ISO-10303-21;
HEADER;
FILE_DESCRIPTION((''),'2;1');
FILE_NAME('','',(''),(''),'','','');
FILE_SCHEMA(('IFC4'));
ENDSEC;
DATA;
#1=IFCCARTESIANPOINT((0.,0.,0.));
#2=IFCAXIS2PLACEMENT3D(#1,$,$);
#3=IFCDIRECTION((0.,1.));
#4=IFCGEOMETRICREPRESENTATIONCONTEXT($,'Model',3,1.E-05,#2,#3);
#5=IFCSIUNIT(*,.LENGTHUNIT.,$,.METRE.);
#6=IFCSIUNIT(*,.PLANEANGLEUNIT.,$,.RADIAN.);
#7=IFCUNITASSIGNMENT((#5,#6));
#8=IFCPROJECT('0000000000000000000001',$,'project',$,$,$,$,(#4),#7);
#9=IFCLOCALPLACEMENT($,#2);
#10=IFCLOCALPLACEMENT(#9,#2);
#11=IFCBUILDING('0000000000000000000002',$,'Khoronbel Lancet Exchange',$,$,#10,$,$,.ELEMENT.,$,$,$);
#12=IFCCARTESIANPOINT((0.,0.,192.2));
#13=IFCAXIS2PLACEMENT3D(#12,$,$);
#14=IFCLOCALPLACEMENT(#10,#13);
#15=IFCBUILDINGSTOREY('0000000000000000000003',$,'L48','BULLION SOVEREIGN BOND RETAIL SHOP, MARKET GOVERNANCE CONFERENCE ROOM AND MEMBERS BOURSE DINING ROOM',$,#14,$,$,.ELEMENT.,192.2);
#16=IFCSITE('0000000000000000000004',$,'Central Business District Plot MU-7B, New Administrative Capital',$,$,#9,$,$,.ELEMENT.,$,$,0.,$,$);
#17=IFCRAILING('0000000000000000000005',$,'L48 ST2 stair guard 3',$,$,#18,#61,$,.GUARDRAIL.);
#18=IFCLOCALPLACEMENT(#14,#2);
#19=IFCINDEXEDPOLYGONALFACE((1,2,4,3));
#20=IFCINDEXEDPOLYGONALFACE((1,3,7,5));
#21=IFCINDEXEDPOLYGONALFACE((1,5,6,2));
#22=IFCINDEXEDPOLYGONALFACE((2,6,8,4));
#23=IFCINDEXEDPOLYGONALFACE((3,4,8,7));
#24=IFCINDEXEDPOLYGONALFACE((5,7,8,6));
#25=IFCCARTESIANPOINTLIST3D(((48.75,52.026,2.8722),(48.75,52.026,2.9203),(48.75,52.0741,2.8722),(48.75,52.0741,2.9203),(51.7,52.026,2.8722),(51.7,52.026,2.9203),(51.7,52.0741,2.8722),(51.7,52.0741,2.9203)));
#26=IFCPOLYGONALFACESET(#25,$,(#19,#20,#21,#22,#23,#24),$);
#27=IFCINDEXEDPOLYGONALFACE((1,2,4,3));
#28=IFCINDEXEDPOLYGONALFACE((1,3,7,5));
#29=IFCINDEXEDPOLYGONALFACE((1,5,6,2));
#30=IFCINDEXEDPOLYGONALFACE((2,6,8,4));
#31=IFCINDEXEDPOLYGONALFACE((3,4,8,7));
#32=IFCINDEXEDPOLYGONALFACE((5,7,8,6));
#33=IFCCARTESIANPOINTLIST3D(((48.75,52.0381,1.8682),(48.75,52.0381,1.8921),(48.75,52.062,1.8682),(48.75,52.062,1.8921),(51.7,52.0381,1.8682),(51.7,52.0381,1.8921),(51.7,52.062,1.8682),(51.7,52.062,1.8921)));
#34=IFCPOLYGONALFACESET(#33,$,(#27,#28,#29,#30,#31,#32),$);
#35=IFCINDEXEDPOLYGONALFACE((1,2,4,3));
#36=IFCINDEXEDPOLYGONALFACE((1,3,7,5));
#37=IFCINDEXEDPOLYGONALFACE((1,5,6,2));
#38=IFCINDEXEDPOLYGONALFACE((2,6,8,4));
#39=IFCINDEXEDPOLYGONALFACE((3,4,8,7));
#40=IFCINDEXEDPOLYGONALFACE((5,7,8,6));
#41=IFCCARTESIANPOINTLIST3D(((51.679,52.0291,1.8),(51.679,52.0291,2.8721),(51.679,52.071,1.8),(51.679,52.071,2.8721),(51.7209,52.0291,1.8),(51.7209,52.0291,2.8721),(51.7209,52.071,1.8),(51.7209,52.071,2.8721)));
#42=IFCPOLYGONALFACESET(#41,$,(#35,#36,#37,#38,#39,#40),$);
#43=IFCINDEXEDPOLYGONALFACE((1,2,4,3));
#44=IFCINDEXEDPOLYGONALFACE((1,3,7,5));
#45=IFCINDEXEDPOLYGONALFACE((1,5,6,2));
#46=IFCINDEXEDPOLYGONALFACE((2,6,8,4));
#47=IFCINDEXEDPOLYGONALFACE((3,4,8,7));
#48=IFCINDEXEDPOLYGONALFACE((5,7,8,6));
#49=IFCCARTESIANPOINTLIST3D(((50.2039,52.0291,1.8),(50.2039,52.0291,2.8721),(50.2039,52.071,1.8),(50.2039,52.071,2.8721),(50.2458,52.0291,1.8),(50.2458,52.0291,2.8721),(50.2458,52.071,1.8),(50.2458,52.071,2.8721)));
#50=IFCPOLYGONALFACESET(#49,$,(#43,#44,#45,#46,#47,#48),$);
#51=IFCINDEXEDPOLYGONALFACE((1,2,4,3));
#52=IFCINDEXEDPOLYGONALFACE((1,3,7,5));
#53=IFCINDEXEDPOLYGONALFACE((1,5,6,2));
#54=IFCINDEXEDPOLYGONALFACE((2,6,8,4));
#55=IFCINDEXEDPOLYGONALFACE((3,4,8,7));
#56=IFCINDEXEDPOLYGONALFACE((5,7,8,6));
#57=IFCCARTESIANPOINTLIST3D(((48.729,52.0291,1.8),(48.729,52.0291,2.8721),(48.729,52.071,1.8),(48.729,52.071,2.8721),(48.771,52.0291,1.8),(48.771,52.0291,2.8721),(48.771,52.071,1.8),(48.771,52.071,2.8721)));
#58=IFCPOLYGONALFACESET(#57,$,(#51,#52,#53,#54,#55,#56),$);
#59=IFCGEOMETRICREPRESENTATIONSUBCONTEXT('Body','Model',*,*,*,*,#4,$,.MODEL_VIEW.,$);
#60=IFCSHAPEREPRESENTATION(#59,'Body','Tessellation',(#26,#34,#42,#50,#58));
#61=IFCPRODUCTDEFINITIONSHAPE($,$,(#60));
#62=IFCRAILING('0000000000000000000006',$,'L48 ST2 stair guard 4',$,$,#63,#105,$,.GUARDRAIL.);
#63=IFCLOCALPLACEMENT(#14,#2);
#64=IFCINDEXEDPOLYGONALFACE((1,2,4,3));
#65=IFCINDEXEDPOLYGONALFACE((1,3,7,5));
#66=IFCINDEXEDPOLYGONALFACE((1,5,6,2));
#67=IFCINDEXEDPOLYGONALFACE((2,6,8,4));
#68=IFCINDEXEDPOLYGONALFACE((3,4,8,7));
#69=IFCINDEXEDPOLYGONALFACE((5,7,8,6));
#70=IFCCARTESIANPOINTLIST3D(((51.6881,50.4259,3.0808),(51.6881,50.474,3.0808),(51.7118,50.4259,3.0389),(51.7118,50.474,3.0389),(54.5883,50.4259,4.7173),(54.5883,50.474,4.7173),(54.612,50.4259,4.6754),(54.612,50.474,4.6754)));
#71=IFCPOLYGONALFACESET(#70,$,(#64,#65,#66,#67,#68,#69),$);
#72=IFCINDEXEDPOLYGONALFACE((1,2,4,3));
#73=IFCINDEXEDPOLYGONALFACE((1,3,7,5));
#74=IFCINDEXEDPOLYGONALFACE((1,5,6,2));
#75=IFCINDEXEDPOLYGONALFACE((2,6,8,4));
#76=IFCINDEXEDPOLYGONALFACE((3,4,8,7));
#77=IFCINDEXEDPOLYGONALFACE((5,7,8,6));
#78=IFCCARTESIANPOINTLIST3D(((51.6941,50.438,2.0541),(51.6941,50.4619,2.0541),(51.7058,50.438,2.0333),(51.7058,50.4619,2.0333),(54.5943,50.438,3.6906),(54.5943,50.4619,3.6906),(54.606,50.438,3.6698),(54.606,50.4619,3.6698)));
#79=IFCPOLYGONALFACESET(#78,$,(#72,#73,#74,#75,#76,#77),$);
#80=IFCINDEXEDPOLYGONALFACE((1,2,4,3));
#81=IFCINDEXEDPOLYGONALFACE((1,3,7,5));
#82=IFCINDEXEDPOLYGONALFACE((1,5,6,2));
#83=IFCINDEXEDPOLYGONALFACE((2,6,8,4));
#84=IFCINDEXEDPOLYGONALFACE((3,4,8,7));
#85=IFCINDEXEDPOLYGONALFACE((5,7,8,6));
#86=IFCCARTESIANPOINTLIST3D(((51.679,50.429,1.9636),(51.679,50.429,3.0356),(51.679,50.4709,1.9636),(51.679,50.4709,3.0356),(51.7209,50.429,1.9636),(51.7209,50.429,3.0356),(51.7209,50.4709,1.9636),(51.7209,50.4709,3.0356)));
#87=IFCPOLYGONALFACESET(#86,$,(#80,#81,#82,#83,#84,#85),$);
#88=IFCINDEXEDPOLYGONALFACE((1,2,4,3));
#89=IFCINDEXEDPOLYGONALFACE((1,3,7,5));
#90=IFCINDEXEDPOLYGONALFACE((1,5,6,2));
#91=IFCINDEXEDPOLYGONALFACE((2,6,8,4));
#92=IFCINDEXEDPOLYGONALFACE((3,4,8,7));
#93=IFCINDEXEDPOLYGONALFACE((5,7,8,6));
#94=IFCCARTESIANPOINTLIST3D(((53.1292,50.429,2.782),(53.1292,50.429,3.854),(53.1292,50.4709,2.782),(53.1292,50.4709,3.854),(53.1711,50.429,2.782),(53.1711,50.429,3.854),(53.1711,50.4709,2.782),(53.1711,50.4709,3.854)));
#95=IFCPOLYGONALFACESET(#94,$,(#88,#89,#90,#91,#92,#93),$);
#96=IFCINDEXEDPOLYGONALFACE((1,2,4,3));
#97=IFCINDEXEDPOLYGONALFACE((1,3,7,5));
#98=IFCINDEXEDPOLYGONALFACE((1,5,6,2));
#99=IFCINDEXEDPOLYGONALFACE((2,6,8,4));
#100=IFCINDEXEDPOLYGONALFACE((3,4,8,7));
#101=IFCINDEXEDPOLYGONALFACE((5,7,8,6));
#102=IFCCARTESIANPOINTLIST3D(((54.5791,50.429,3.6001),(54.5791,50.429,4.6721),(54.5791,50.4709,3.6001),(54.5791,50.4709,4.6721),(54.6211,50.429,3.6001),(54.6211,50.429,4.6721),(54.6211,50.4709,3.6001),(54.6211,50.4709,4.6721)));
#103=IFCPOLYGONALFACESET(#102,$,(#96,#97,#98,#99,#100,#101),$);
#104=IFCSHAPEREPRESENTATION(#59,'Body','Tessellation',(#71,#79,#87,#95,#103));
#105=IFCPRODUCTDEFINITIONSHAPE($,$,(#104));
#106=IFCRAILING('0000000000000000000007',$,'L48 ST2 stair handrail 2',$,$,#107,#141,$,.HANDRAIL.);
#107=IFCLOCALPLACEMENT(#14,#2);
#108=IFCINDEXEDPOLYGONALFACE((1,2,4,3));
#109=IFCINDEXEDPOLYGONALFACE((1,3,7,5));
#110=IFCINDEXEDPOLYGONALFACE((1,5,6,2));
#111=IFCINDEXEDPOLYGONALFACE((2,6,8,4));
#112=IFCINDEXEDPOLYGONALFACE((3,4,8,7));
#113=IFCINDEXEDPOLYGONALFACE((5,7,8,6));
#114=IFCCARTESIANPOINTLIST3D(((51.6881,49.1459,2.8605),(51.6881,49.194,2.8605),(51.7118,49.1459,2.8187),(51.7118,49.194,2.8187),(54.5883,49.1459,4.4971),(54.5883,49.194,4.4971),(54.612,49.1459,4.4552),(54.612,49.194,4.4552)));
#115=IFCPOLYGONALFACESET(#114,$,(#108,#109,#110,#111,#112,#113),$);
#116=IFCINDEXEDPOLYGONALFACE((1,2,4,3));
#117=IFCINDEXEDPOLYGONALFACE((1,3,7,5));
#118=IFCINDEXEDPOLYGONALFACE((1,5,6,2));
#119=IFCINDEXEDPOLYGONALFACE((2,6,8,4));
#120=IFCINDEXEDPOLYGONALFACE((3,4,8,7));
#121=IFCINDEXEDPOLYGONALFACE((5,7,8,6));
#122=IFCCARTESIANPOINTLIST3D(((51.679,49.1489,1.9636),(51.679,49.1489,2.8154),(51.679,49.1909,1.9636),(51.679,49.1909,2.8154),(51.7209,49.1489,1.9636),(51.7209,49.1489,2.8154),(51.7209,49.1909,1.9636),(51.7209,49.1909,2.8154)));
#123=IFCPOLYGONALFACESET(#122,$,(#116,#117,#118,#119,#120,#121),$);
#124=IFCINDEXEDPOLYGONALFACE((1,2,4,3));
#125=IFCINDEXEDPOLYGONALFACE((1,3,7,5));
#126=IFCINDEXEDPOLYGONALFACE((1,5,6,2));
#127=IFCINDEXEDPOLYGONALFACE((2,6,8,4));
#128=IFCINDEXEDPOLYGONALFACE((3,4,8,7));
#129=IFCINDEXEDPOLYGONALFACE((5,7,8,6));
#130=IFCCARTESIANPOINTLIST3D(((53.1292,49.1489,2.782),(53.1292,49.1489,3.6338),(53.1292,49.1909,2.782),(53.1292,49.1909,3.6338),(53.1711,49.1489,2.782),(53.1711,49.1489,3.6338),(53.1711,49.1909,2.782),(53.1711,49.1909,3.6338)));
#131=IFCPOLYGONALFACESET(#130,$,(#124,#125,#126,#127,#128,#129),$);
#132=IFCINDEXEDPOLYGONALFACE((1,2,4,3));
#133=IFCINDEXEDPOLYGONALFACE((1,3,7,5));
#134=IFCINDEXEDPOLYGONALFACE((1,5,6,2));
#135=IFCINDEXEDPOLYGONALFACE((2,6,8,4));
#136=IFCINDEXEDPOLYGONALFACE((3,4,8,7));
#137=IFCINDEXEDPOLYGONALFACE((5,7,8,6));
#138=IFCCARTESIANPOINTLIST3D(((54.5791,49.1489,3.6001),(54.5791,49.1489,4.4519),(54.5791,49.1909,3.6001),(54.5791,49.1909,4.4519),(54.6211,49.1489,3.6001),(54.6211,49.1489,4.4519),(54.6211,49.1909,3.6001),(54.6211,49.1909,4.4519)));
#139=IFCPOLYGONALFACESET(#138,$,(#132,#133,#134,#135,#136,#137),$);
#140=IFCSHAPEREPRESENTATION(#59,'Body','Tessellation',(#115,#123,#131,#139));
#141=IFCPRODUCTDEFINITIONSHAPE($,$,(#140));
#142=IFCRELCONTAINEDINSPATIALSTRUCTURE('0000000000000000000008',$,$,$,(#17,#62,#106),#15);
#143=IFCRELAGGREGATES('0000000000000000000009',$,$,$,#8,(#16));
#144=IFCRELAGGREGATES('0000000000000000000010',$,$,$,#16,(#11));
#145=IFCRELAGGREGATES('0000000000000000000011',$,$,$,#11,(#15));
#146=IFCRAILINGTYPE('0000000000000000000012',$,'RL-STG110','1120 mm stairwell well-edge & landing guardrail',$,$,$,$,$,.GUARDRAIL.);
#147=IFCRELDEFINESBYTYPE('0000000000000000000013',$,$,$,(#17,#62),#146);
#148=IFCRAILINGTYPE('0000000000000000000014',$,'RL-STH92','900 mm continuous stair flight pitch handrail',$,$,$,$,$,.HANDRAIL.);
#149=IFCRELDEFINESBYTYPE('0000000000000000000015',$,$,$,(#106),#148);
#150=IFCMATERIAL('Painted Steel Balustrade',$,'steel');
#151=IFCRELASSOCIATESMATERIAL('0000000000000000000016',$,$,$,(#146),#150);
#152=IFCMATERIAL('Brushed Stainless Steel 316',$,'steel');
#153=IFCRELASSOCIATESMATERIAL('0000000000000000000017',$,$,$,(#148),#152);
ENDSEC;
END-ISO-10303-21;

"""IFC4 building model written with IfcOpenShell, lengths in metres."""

from ifc_helpers import new_model, si_unit, direction, frame, origin, origin_2d, place, context, subcontext, project, spatial, rectangle, extrude, material, type_object, element, save


model = new_model("IFC4")

# Units and contexts
model_context = context("Model", 3, precision=1e-05, world=origin(), true_north=direction((0.0, 1.0)))
body_context = subcontext(model_context, "Body", "Model", "MODEL_VIEW")
ifc_project = project(units=[si_unit("LENGTHUNIT", "METRE"), si_unit("PLANEANGLEUNIT", "RADIAN")], contexts=[model_context])

# Site, building, storey
site_placement = place(None, origin())
site = spatial("IfcSite", under=ifc_project, at=site_placement, Name="Central Business District Plot MU-7B, New Administrative Capital", CompositionType="ELEMENT", RefElevation=0.0)
building_placement = place(site_placement, origin())
building = spatial("IfcBuilding", under=site, at=building_placement, Name="Khoronbel Lancet Exchange", CompositionType="ELEMENT")
storey_placement = place(building_placement, frame((0.0, 0.0, 192.2)))
storey = spatial("IfcBuildingStorey", under=building, at=storey_placement, Name="L48", Description="BULLION SOVEREIGN BOND RETAIL SHOP, MARKET GOVERNANCE CONFERENCE ROOM AND MEMBERS BOURSE DINING ROOM", CompositionType="ELEMENT", Elevation=192.2)

# Railings
ifc_material_1 = material(Name="Painted Steel Balustrade", Category="steel")
railing_type_1 = type_object("IfcRailingType", Name="RL-STG110", Description="1120 mm stairwell well-edge & landing guardrail", PredefinedType="GUARDRAIL", material=ifc_material_1)
railing_1_placement = place(storey_placement, frame((51.7, 52.05, 1.8)))
element("IfcRailing", 1, at=railing_1_placement, inside=storey, type_object=railing_type_1, Name="L48 ST2 stair guard 3", PredefinedType="GUARDRAIL", context=body_context, shape_type="SweptSolid", body=[
    extrude(rectangle(XDim=0.0481, YDim=0.0481, at=origin_2d()), frame((0.0, 0.0, 1.0962), z_axis=(-1.0, 0.0, 0.0), x_axis=(0.0, -1.0, 0.0)), (0.0, 0.0, 1.0), 2.95),
    extrude(rectangle(XDim=0.0239, YDim=0.0239, at=origin_2d()), frame((0.0, 0.0, 0.0801), z_axis=(-1.0, 0.0, 0.0), x_axis=(0.0, -1.0, 0.0)), (0.0, 0.0, 1.0), 2.95),
    extrude(rectangle(XDim=0.042, YDim=0.042, at=origin_2d()), origin(), (0.0, 0.0, 1.0), 1.072),
    extrude(rectangle(XDim=0.042, YDim=0.042, at=origin_2d()), frame((-1.4751, 0.0, 0.0)), (0.0, 0.0, 1.0), 1.072),
    extrude(rectangle(XDim=0.042, YDim=0.042, at=origin_2d()), frame((-2.95, 0.0, 0.0)), (0.0, 0.0, 1.0), 1.072),
])
railing_2_placement = place(storey_placement, frame((51.7, 50.45, 1.9636)))
element("IfcRailing", 2, at=railing_2_placement, inside=storey, type_object=railing_type_1, Name="L48 ST2 stair guard 4", PredefinedType="GUARDRAIL", context=body_context, shape_type="SweptSolid", body=[
    extrude(rectangle(XDim=0.0481, YDim=0.0481, at=origin_2d()), frame((0.0, 0.0, 1.0962), z_axis=(0.870915, 0.0, 0.491434), x_axis=(0.0, 1.0, 0.0)), (0.0, 0.0, 1.0), 3.3301),
    extrude(rectangle(XDim=0.0239, YDim=0.0239, at=origin_2d()), frame((0.0, 0.0, 0.0801), z_axis=(0.870915, 0.0, 0.491434), x_axis=(0.0, 1.0, 0.0)), (0.0, 0.0, 1.0), 3.3301),
    extrude(rectangle(XDim=0.042, YDim=0.042, at=origin_2d()), origin(), (0.0, 0.0, 1.0), 1.072),
    extrude(rectangle(XDim=0.042, YDim=0.042, at=origin_2d()), frame((1.4502, 0.0, 0.8184)), (0.0, 0.0, 1.0), 1.072),
    extrude(rectangle(XDim=0.042, YDim=0.042, at=origin_2d()), frame((2.9001, 0.0, 1.6365)), (0.0, 0.0, 1.0), 1.072),
])
ifc_material_2 = material(Name="Brushed Stainless Steel 316", Category="steel")
railing_type_2 = type_object("IfcRailingType", Name="RL-STH92", Description="900 mm continuous stair flight pitch handrail", PredefinedType="HANDRAIL", material=ifc_material_2)
railing_3_placement = place(storey_placement, frame((51.7, 49.1699, 1.9636)))
element("IfcRailing", 3, at=railing_3_placement, inside=storey, type_object=railing_type_2, Name="L48 ST2 stair handrail 2", PredefinedType="HANDRAIL", context=body_context, shape_type="SweptSolid", body=[
    extrude(rectangle(XDim=0.0481, YDim=0.0481, at=origin_2d()), frame((0.0, 0.0, 0.876), z_axis=(0.870915, 0.0, 0.491434), x_axis=(0.0, 1.0, 0.0)), (0.0, 0.0, 1.0), 3.3301),
    extrude(rectangle(XDim=0.042, YDim=0.042, at=origin_2d()), origin(), (0.0, 0.0, 1.0), 0.8518),
    extrude(rectangle(XDim=0.042, YDim=0.042, at=origin_2d()), frame((1.4502, 0.0, 0.8184)), (0.0, 0.0, 1.0), 0.8518),
    extrude(rectangle(XDim=0.042, YDim=0.042, at=origin_2d()), frame((2.9001, 0.0, 1.6365)), (0.0, 0.0, 1.0), 0.8518),
])

save(model, "model.ifc")
